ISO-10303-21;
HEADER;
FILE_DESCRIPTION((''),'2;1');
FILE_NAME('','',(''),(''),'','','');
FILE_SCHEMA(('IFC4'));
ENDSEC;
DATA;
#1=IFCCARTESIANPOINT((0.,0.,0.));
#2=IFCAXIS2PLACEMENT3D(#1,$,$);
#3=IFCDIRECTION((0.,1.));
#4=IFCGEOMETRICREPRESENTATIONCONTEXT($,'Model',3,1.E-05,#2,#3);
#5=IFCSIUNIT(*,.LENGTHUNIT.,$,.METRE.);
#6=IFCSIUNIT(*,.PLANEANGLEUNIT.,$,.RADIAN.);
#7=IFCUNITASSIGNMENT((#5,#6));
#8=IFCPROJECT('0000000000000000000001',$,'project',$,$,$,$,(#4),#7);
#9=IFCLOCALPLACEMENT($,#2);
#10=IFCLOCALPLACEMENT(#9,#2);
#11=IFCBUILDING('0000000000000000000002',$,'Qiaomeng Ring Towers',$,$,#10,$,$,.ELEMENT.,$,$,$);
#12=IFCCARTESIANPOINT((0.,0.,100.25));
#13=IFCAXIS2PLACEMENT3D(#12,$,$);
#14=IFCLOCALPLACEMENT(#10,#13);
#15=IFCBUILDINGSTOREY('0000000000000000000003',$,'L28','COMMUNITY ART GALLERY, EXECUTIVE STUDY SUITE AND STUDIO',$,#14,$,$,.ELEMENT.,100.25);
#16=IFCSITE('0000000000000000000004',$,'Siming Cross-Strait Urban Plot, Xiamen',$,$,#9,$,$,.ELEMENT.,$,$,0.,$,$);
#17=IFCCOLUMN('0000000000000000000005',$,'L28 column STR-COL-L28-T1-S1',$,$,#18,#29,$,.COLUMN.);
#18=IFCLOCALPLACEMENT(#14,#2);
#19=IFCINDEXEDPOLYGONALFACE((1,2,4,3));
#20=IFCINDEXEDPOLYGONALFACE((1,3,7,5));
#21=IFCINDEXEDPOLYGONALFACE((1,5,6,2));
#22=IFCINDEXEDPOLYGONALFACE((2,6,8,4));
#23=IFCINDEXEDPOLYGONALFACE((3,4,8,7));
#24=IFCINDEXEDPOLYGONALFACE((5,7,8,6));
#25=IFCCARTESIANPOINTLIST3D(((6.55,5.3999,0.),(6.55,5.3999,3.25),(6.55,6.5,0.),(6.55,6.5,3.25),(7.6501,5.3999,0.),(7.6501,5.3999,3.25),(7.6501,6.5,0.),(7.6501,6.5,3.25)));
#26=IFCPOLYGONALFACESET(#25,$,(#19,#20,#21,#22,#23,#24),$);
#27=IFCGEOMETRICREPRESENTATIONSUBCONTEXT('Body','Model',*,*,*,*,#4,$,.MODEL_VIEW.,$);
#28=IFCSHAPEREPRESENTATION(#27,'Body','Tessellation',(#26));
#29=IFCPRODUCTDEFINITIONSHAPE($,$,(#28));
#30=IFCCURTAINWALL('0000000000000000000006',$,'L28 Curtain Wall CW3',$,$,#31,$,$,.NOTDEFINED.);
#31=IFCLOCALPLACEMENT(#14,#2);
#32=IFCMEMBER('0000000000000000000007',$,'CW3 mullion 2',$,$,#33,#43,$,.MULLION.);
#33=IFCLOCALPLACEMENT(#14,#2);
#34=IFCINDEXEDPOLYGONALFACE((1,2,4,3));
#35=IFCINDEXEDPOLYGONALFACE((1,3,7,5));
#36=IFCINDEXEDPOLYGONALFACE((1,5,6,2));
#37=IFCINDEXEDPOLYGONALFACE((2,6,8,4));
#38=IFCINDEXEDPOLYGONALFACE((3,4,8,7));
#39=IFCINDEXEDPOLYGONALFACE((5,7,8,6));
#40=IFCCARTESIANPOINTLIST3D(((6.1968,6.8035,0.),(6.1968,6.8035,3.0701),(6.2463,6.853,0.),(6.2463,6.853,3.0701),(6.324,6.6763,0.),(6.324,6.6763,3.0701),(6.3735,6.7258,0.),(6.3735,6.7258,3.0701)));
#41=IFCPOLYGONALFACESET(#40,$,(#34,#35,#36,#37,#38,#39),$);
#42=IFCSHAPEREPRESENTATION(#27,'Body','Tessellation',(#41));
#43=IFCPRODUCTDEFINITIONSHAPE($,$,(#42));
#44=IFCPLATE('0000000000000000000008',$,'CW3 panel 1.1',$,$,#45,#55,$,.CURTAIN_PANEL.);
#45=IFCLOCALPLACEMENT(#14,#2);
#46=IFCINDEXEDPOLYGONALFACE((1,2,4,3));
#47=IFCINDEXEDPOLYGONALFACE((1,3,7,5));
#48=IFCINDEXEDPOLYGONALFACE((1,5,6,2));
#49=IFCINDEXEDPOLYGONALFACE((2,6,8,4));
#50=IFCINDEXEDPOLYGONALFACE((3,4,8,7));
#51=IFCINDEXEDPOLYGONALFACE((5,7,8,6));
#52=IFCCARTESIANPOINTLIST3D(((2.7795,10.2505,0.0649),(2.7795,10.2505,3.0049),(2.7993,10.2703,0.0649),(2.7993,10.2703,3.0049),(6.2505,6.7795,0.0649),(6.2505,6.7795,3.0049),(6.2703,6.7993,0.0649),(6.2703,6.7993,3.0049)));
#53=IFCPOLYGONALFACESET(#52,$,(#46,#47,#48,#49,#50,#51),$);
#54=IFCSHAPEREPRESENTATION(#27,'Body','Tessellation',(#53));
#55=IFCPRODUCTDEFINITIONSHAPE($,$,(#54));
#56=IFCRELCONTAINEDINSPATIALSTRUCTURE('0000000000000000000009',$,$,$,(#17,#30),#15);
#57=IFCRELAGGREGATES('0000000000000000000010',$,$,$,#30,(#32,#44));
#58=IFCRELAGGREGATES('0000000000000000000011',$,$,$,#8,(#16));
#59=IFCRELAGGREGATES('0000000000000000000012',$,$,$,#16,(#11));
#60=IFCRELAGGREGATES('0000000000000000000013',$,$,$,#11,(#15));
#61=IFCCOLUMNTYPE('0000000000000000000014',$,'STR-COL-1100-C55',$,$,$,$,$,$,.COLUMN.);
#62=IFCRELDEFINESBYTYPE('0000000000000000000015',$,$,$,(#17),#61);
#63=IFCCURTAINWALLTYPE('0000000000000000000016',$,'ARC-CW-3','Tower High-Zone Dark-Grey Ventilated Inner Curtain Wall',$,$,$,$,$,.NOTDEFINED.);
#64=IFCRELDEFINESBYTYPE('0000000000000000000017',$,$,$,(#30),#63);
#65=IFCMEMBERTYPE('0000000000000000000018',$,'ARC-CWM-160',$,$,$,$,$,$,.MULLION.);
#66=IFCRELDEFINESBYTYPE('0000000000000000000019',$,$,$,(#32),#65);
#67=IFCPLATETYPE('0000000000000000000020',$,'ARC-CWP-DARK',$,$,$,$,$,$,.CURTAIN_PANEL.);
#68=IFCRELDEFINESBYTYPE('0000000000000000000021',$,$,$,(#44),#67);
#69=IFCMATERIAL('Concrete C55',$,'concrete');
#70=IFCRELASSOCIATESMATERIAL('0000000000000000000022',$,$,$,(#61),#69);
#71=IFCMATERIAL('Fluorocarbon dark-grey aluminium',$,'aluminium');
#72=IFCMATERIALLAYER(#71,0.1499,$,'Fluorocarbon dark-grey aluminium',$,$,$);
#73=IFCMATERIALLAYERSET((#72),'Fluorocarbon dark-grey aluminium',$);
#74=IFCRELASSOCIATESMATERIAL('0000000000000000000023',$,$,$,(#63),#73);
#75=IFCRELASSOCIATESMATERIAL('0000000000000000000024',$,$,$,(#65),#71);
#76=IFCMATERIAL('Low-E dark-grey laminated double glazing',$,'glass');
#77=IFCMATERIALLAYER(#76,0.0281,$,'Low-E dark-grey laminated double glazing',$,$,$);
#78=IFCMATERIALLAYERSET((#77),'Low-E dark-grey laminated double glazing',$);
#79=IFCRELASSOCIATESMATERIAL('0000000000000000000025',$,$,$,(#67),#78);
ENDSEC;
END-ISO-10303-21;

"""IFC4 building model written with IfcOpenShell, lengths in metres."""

from ifc_helpers import new_model, si_unit, direction, frame, origin, origin_2d, place, context, subcontext, project, spatial, rectangle, extrude, source, transform, mapped, material, layer, layer_set, material_profile, profile_set, type_object, element, aggregate, save


model = new_model("IFC4")

# Units and contexts
model_context = context("Model", 3, precision=1e-05, world=origin(), true_north=direction((0.0, 1.0)))
body_context = subcontext(model_context, "Body", "Model", "MODEL_VIEW")
ifc_project = project(units=[si_unit("LENGTHUNIT", "METRE"), si_unit("PLANEANGLEUNIT", "RADIAN")], contexts=[model_context])

# Site, building, storey
site_placement = place(None, origin())
site = spatial("IfcSite", under=ifc_project, at=site_placement, Name="Siming Cross-Strait Urban Plot, Xiamen", CompositionType="ELEMENT", RefElevation=0.0)
building_placement = place(site_placement, origin())
building = spatial("IfcBuilding", under=site, at=building_placement, Name="Qiaomeng Ring Towers", CompositionType="ELEMENT")
storey_placement = place(building_placement, frame((0.0, 0.0, 100.25)))
storey = spatial("IfcBuildingStorey", under=building, at=storey_placement, Name="L28", Description="COMMUNITY ART GALLERY, EXECUTIVE STUDY SUITE AND STUDIO", CompositionType="ELEMENT", Elevation=100.25)

# Column
ifc_material_1 = material(Name="Concrete C55", Category="concrete")
ifc_material_profile_1 = material_profile(ifc_material_1, rectangle(XDim=1.1001, YDim=1.1001, at=origin_2d()), Name="RC COL 1100x1100")
ifc_profile_set_1 = profile_set([ifc_material_profile_1], Name="Concrete C55")
column_type = type_object("IfcColumnType", Name="STR-COL-1100-C55", PredefinedType="COLUMN", material=ifc_profile_set_1)
shared_shape_1 = source(origin(), body_context, "Body", "SweptSolid", [
    extrude(rectangle(XDim=1.1001, YDim=1.1001, at=origin_2d()), origin(), (0.0, 0.0, 1.0), 3.25),
])
column_placement = place(storey_placement, frame((7.1001, 5.95, 0.0), z_axis=(0.0, 0.0, 1.0), x_axis=(1.0, 0.0, 0.0)))
element("IfcColumn", 1, at=column_placement, inside=storey, type_object=column_type, Name="L28 column STR-COL-L28-T1-S1", PredefinedType="COLUMN", context=body_context, shape_type="MappedRepresentation", body=[
    mapped(shared_shape_1, transform((0.0, 0.0, 0.0), x_axis=(1.0, 0.0, 0.0), y_axis=(0.0, 1.0, 0.0), z_axis=(0.0, 0.0, 1.0), scale=1.0)),
])

# Curtain wall, member, plate
ifc_material_2 = material(Name="Fluorocarbon dark-grey aluminium", Category="aluminium")
ifc_layer_1 = layer(ifc_material_2, 0.1499, Name="Fluorocarbon dark-grey aluminium")
ifc_layer_set_1 = layer_set([ifc_layer_1], Name="Fluorocarbon dark-grey aluminium")
curtain_wall_type = type_object("IfcCurtainWallType", Name="ARC-CW-3", Description="Tower High-Zone Dark-Grey Ventilated Inner Curtain Wall", PredefinedType="NOTDEFINED", material=ifc_layer_set_1)
curtain_wall_placement = place(storey_placement, origin())
curtain_wall = element("IfcCurtainWall", 2, at=curtain_wall_placement, inside=storey, type_object=curtain_wall_type, Name="L28 Curtain Wall CW3", PredefinedType="NOTDEFINED")
ifc_material_profile_2 = material_profile(ifc_material_2, rectangle(XDim=0.0701, YDim=0.1799, at=origin_2d()), Name="ALU MULL 70x180")
ifc_profile_set_2 = profile_set([ifc_material_profile_2], Name="Fluorocarbon dark-grey aluminium")
member_type = type_object("IfcMemberType", Name="ARC-CWM-160", PredefinedType="MULLION", material=ifc_profile_set_2)
shared_shape_2 = source(origin(), body_context, "Body", "SweptSolid", [
    extrude(rectangle(XDim=0.0701, YDim=0.1799, at=origin_2d()), origin(), (0.0, 0.0, 1.0), 3.0701),
])
member_placement = place(storey_placement, frame((6.2852, 6.7646, 0.0), z_axis=(0.0, 0.0, 1.0), x_axis=(0.707107, 0.707107, 0.0)))
member = element("IfcMember", 3, at=member_placement, type_object=member_type, Name="CW3 mullion 2", PredefinedType="MULLION", context=body_context, shape_type="MappedRepresentation", body=[
    mapped(shared_shape_2, transform((0.0, 0.0, 0.0), x_axis=(1.0, 0.0, 0.0), y_axis=(0.0, 1.0, 0.0), z_axis=(0.0, 0.0, 1.0), scale=1.0)),
])
ifc_material_3 = material(Name="Low-E dark-grey laminated double glazing", Category="glass")
ifc_layer_2 = layer(ifc_material_3, 0.0281, Name="Low-E dark-grey laminated double glazing")
ifc_layer_set_2 = layer_set([ifc_layer_2], Name="Low-E dark-grey laminated double glazing")
plate_type = type_object("IfcPlateType", Name="ARC-CWP-DARK", PredefinedType="CURTAIN_PANEL", material=ifc_layer_set_2)
shared_shape_3 = source(origin(), body_context, "Body", "SweptSolid", [
    extrude(rectangle(XDim=4.9087, YDim=0.0281, at=origin_2d()), origin(), (0.0, 0.0, 1.0), 2.9399),
])
plate_placement = place(storey_placement, frame((4.5249, 8.5249, 0.0649), z_axis=(0.0, 0.0, 1.0), x_axis=(0.707107, -0.707107, 0.0)))
plate = element("IfcPlate", 4, at=plate_placement, type_object=plate_type, Name="CW3 panel 1.1", PredefinedType="CURTAIN_PANEL", context=body_context, shape_type="MappedRepresentation", body=[
    mapped(shared_shape_3, transform((0.0, 0.0, 0.0), x_axis=(1.0, 0.0, 0.0), y_axis=(0.0, 1.0, 0.0), z_axis=(0.0, 0.0, 1.0), scale=1.0)),
])
aggregate(curtain_wall, [member, plate])

save(model, "model.ifc")
